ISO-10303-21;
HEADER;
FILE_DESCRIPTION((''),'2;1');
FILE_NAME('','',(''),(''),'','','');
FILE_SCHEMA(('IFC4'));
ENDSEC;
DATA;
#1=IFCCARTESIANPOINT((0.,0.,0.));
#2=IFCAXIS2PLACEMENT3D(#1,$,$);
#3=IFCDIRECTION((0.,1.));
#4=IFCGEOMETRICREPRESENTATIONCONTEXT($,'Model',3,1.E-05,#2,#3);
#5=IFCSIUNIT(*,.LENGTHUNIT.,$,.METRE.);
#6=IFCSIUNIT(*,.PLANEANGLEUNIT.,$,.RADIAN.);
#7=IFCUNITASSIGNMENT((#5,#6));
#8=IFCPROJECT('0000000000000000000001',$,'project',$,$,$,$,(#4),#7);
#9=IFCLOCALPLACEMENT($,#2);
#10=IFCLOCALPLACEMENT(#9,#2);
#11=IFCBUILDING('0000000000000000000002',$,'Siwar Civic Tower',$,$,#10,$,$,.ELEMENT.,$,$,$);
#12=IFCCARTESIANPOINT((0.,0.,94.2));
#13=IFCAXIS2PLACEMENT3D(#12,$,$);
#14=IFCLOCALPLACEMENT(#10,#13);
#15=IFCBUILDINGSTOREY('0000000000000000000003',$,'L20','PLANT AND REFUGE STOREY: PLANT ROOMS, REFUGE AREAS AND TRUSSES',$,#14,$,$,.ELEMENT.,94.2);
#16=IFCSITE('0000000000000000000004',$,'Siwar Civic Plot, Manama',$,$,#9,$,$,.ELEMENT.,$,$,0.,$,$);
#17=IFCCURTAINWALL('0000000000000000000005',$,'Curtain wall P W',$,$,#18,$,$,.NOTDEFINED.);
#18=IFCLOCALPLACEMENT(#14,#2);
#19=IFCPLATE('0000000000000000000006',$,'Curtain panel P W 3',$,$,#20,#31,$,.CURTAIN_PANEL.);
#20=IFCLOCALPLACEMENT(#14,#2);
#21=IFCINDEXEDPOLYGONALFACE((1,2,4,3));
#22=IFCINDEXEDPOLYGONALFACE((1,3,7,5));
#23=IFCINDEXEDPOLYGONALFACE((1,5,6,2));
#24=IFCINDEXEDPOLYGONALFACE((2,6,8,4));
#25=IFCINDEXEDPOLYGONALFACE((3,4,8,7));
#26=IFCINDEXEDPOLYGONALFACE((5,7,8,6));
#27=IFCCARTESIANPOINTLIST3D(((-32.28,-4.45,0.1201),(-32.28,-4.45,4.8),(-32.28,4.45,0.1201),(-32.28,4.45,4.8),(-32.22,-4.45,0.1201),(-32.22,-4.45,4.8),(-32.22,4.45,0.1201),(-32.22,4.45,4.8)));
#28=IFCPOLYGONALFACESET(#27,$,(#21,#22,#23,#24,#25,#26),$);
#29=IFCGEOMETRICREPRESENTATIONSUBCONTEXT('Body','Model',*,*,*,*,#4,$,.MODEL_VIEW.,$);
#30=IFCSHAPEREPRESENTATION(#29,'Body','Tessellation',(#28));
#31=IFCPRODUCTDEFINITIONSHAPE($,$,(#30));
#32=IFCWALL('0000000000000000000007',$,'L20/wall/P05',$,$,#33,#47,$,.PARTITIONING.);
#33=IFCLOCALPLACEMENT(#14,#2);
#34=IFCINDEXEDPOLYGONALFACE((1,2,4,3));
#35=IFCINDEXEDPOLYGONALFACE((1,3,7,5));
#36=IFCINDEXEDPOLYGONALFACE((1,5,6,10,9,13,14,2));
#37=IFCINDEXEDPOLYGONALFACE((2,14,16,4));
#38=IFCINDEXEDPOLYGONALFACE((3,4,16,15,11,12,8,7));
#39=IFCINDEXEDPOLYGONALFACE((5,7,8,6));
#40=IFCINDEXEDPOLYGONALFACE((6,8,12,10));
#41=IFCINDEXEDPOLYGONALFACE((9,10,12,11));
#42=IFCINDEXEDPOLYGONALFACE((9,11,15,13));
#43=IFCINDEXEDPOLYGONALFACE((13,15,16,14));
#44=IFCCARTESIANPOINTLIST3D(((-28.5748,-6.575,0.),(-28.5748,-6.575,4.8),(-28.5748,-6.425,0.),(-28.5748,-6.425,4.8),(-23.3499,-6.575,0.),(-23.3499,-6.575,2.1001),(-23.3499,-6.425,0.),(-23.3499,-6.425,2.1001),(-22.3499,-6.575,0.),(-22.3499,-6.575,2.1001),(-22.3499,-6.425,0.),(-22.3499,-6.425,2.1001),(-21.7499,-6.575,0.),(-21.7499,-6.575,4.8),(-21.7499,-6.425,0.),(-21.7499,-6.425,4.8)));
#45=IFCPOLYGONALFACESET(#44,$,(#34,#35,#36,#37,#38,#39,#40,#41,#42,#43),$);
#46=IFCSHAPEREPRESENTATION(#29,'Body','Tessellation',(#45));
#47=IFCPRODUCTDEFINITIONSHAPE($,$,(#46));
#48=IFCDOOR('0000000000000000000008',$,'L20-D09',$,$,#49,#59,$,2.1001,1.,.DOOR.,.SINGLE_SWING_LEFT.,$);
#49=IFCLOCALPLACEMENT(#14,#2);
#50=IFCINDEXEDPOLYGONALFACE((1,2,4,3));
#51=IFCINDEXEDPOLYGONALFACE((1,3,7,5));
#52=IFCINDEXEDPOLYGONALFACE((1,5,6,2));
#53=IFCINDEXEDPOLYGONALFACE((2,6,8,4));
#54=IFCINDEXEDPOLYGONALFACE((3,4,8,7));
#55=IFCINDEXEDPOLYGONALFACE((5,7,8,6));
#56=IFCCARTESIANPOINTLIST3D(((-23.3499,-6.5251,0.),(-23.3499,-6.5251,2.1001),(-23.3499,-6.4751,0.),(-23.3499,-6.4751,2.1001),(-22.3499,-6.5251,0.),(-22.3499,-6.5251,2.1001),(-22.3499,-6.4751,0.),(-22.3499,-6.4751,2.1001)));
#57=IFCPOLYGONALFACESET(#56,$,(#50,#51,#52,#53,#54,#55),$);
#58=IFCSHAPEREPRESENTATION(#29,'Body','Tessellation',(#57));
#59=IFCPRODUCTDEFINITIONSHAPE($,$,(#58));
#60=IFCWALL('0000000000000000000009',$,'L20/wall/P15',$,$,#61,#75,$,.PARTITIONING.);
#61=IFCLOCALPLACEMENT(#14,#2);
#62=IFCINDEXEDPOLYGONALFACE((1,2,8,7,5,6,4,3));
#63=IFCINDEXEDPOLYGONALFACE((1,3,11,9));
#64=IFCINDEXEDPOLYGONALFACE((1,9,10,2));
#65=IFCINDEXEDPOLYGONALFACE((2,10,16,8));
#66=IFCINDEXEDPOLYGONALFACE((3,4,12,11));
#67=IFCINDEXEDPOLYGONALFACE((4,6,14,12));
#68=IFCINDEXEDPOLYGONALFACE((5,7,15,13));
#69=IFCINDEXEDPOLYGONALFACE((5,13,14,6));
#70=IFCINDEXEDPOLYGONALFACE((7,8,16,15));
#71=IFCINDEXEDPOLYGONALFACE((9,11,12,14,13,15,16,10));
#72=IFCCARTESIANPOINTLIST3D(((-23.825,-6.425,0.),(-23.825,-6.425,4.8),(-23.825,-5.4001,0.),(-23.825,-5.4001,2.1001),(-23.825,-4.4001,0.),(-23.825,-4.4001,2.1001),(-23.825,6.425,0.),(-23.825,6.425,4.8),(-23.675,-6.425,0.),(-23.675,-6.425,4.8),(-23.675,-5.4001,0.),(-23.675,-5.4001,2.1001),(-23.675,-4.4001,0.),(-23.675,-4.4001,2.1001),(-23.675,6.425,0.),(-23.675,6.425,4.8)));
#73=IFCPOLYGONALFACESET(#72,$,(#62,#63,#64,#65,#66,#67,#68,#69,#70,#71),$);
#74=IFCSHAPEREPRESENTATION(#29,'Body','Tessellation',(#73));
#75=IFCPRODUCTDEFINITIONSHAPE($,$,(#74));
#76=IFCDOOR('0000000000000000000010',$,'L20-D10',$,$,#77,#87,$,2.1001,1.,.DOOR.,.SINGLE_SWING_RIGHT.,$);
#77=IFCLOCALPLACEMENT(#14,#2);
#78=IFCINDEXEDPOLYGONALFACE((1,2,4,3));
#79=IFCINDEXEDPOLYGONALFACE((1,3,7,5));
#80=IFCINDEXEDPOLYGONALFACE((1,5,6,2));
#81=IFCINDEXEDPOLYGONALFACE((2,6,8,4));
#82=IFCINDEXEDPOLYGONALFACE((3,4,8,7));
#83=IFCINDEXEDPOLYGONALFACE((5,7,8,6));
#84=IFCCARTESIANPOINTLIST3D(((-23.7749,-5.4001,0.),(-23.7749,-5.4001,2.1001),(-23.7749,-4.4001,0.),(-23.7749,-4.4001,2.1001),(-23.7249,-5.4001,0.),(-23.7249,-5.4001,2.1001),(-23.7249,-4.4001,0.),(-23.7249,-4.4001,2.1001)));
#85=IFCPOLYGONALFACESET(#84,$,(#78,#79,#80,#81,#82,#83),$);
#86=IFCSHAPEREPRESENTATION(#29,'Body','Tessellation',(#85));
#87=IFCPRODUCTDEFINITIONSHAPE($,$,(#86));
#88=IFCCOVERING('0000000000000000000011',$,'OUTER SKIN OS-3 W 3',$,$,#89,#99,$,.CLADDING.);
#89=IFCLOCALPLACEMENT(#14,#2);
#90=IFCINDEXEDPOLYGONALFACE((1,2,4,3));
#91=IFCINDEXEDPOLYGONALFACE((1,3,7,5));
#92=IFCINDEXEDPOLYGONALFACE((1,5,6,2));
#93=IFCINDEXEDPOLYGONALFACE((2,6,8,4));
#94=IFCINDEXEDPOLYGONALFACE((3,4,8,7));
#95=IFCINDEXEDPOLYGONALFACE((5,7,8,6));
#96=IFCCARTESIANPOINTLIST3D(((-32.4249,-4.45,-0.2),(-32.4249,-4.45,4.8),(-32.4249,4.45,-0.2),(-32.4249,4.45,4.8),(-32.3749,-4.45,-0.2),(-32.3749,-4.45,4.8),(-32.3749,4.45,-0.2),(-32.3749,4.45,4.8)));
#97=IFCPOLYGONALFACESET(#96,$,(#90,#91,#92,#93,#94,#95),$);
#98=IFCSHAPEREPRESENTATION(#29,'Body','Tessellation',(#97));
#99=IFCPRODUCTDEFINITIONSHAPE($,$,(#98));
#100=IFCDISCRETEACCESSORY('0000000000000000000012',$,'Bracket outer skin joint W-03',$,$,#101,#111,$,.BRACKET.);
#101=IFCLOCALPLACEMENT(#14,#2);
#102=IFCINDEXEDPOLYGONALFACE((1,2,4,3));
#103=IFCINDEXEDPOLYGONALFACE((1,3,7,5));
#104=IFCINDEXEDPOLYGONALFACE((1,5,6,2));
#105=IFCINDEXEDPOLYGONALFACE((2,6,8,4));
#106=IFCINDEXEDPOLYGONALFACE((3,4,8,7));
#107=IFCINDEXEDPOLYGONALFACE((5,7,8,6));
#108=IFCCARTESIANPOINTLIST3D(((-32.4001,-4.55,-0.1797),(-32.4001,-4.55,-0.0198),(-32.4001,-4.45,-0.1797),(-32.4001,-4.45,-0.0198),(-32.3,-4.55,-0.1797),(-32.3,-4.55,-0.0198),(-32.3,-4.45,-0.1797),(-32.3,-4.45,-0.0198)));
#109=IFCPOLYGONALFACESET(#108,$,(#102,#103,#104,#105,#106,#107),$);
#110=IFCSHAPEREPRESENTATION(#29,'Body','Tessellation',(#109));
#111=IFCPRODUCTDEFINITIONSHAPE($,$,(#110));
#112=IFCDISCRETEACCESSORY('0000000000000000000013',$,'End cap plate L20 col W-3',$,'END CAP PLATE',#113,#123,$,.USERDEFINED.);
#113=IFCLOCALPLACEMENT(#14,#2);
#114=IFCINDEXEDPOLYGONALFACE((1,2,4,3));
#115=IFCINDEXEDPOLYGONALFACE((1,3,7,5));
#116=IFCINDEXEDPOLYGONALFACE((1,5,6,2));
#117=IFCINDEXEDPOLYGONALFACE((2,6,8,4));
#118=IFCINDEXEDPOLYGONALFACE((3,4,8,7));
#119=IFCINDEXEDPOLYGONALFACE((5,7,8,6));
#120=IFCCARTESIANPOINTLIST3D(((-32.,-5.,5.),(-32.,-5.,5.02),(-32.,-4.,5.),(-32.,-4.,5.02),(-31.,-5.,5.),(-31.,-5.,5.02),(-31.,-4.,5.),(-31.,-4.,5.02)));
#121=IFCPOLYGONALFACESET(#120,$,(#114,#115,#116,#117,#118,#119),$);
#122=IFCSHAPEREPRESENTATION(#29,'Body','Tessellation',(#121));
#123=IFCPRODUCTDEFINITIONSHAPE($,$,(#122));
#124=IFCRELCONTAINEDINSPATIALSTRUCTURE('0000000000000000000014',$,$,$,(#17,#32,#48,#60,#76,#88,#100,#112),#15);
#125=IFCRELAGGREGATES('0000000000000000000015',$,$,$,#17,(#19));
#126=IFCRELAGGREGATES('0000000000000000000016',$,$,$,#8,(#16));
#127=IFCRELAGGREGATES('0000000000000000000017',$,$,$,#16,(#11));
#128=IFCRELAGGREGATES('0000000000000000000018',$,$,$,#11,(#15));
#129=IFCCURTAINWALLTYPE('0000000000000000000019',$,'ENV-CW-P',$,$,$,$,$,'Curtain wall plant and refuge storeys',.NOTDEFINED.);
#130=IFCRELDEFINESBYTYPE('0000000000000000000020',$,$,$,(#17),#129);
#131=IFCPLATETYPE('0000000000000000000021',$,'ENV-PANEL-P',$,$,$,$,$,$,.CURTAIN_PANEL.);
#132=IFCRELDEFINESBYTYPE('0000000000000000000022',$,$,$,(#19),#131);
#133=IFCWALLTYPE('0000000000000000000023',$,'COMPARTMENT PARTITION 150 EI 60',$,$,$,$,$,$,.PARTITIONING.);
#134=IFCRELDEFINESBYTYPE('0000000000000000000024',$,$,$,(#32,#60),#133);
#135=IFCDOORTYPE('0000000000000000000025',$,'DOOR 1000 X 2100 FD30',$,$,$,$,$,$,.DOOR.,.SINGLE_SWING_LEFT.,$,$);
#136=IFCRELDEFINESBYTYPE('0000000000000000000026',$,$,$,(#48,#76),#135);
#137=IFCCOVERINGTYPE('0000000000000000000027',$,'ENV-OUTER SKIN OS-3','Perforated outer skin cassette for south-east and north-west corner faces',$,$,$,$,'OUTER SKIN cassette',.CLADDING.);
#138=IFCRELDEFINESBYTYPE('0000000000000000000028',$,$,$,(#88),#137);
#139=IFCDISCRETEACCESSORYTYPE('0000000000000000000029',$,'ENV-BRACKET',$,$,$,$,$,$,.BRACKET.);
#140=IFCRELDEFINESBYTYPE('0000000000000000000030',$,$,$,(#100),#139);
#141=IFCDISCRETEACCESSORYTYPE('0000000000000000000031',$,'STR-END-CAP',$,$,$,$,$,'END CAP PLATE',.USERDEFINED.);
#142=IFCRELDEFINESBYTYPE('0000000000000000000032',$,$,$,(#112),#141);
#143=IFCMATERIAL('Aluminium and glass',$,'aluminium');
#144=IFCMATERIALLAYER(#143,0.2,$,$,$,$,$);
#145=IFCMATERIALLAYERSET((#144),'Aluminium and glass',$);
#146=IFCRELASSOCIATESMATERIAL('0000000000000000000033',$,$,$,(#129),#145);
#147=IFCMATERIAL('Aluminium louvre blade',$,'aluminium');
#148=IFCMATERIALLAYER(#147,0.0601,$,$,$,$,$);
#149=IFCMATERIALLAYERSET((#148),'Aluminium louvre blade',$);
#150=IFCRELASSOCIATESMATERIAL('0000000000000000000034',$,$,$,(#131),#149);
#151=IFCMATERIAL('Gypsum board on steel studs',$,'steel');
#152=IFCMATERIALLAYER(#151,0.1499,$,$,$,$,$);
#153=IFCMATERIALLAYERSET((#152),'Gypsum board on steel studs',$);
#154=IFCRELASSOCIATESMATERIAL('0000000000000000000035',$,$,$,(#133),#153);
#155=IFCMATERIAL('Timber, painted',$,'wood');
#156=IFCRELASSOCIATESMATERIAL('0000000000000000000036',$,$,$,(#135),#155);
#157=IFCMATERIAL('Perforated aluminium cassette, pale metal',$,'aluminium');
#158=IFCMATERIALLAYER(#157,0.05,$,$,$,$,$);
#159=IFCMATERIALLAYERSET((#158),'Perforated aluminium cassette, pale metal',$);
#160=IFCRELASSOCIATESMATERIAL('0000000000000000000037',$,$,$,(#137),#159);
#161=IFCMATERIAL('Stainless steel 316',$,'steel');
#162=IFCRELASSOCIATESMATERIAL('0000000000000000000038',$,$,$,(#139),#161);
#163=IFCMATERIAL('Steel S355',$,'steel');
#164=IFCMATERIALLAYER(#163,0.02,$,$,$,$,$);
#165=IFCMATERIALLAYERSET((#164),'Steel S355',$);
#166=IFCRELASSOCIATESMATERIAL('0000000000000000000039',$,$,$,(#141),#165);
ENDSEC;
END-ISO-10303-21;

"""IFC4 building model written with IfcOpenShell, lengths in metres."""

from ifc_helpers import new_model, si_unit, direction, frame, frame_2d, origin, origin_2d, place, context, subcontext, project, spatial, rectangle, extrude, material, layer, layer_set, type_object, element, fill, aggregate, save


model = new_model("IFC4")

# Units and contexts
model_context = context("Model", 3, precision=1e-05, world=origin(), true_north=direction((0.0, 1.0)))
body_context = subcontext(model_context, "Body", "Model", "MODEL_VIEW")
ifc_project = project(units=[si_unit("LENGTHUNIT", "METRE"), si_unit("PLANEANGLEUNIT", "RADIAN")], contexts=[model_context])

# Site, building, storey
site_placement = place(None, origin())
site = spatial("IfcSite", under=ifc_project, at=site_placement, Name="Siwar Civic Plot, Manama", CompositionType="ELEMENT", RefElevation=0.0)
building_placement = place(site_placement, origin())
building = spatial("IfcBuilding", under=site, at=building_placement, Name="Siwar Civic Tower", CompositionType="ELEMENT")
storey_placement = place(building_placement, frame((0.0, 0.0, 94.2)))
storey = spatial("IfcBuildingStorey", under=building, at=storey_placement, Name="L20", Description="PLANT AND REFUGE STOREY: PLANT ROOMS, REFUGE AREAS AND TRUSSES", CompositionType="ELEMENT", Elevation=94.2)

# Curtain wall
ifc_material_1 = material(Name="Aluminium and glass", Category="aluminium")
ifc_layer_1 = layer(ifc_material_1, 0.2)
ifc_layer_set_1 = layer_set([ifc_layer_1], Name="Aluminium and glass")
curtain_wall_type = type_object("IfcCurtainWallType", Name="ENV-CW-P", ElementType="Curtain wall plant and refuge storeys", PredefinedType="NOTDEFINED", material=ifc_layer_set_1)
curtain_wall_placement = place(storey_placement, origin())
curtain_wall = element("IfcCurtainWall", 1, at=curtain_wall_placement, inside=storey, type_object=curtain_wall_type, Name="Curtain wall P W", PredefinedType="NOTDEFINED")

# Plate
ifc_material_2 = material(Name="Aluminium louvre blade", Category="aluminium")
ifc_layer_2 = layer(ifc_material_2, 0.0601)
ifc_layer_set_2 = layer_set([ifc_layer_2], Name="Aluminium louvre blade")
plate_type = type_object("IfcPlateType", Name="ENV-PANEL-P", PredefinedType="CURTAIN_PANEL", material=ifc_layer_set_2)
plate_placement = place(storey_placement, frame((-32.25, 0.0, 0.1201), z_axis=(0.0, 0.0, 1.0), x_axis=(0.0, -1.0, 0.0)))
plate = element("IfcPlate", 2, at=plate_placement, type_object=plate_type, Name="Curtain panel P W 3", PredefinedType="CURTAIN_PANEL", context=body_context, shape_type="SweptSolid", body=[
    extrude(rectangle(XDim=8.8999, YDim=0.0601, at=origin_2d()), origin(), (0.0, 0.0, 1.0), 4.6799),
])
aggregate(curtain_wall, [plate])

# Walls, openings, doors
ifc_material_3 = material(Name="Gypsum board on steel studs", Category="steel")
ifc_layer_3 = layer(ifc_material_3, 0.1499)
ifc_layer_set_3 = layer_set([ifc_layer_3], Name="Gypsum board on steel studs")
wall_type = type_object("IfcWallType", Name="COMPARTMENT PARTITION 150 EI 60", PredefinedType="PARTITIONING", material=ifc_layer_set_3)
wall_1_placement = place(storey_placement, frame((-28.575, -6.5, 0.0), z_axis=(0.0, 0.0, 1.0), x_axis=(1.0, 0.0, 0.0)))
wall_1 = element("IfcWall", 3, at=wall_1_placement, inside=storey, type_object=wall_type, Name="L20/wall/P05", PredefinedType="PARTITIONING", context=body_context, shape_type="SweptSolid", body=[
    extrude(rectangle(XDim=6.825, YDim=0.1499, at=frame_2d((3.4126, 0.0))), origin(), (0.0, 0.0, 1.0), 4.8),
])
opening_1_placement = place(wall_1_placement, frame((5.2251, 0.0, 0.0)))
opening_1 = element("IfcOpeningElement", 4, at=opening_1_placement, cuts=wall_1, PredefinedType="OPENING", context=body_context, shape_type="SweptSolid", body=[
    extrude(rectangle(XDim=1.0, YDim=2.1001, at=frame_2d((0.5, 1.05))), frame((0.0, 0.085, 0.0), z_axis=(0.0, -1.0, 0.0), x_axis=(1.0, 0.0, 0.0)), (0.0, 0.0, 1.0), 0.1699),
])
ifc_material_4 = material(Name="Timber, painted", Category="wood")
door_type = type_object("IfcDoorType", Name="DOOR 1000 X 2100 FD30", OperationType="SINGLE_SWING_LEFT", PredefinedType="DOOR", material=ifc_material_4)
door_1_placement = place(opening_1_placement, origin())
door_1 = element("IfcDoor", 5, at=door_1_placement, inside=storey, type_object=door_type, Name="L20-D09", OperationType="SINGLE_SWING_LEFT", OverallHeight=2.1001, OverallWidth=1.0, PredefinedType="DOOR", context=body_context, shape_type="SweptSolid", body=[
    extrude(rectangle(XDim=1.0, YDim=2.1001, at=frame_2d((0.5, 1.05))), frame((0.0, 0.0249, 0.0), z_axis=(0.0, -1.0, 0.0), x_axis=(1.0, 0.0, 0.0)), (0.0, 0.0, 1.0), 0.05),
])
fill(opening_1, door_1)
wall_2_placement = place(storey_placement, frame((-23.75, -6.425, 0.0), z_axis=(0.0, 0.0, 1.0), x_axis=(0.0, 1.0, 0.0)))
wall_2 = element("IfcWall", 6, at=wall_2_placement, inside=storey, type_object=wall_type, Name="L20/wall/P15", PredefinedType="PARTITIONING", context=body_context, shape_type="SweptSolid", body=[
    extrude(rectangle(XDim=12.8501, YDim=0.1499, at=frame_2d((6.425, 0.0))), origin(), (0.0, 0.0, 1.0), 4.8),
])
opening_2_placement = place(wall_2_placement, frame((1.0249, 0.0, 0.0)))
opening_2 = element("IfcOpeningElement", 7, at=opening_2_placement, cuts=wall_2, PredefinedType="OPENING", context=body_context, shape_type="SweptSolid", body=[
    extrude(rectangle(XDim=1.0, YDim=2.1001, at=frame_2d((0.5, 1.05))), frame((0.0, 0.085, 0.0), z_axis=(0.0, -1.0, 0.0), x_axis=(1.0, 0.0, 0.0)), (0.0, 0.0, 1.0), 0.1699),
])
door_2_placement = place(opening_2_placement, origin())
door_2 = element("IfcDoor", 8, at=door_2_placement, inside=storey, type_object=door_type, Name="L20-D10", OperationType="SINGLE_SWING_RIGHT", OverallHeight=2.1001, OverallWidth=1.0, PredefinedType="DOOR", context=body_context, shape_type="SweptSolid", body=[
    extrude(rectangle(XDim=1.0, YDim=2.1001, at=frame_2d((0.5, 1.05))), frame((0.0, 0.0249, 0.0), z_axis=(0.0, -1.0, 0.0), x_axis=(1.0, 0.0, 0.0)), (0.0, 0.0, 1.0), 0.05),
])
fill(opening_2, door_2)

# Covering
ifc_material_5 = material(Name="Perforated aluminium cassette, pale metal", Category="aluminium")
ifc_layer_4 = layer(ifc_material_5, 0.05)
ifc_layer_set_4 = layer_set([ifc_layer_4], Name="Perforated aluminium cassette, pale metal")
covering_type = type_object("IfcCoveringType", Name="ENV-OUTER SKIN OS-3", Description="Perforated outer skin cassette for south-east and north-west corner faces", ElementType="OUTER SKIN cassette", PredefinedType="CLADDING", material=ifc_layer_set_4)
covering_placement = place(storey_placement, frame((-32.3999, 0.0, -0.2), z_axis=(0.0, 0.0, 1.0), x_axis=(0.0, -1.0, 0.0)))
element("IfcCovering", 9, at=covering_placement, inside=storey, type_object=covering_type, Name="OUTER SKIN OS-3 W 3", PredefinedType="CLADDING", context=body_context, shape_type="SweptSolid", body=[
    extrude(rectangle(XDim=8.8999, YDim=0.05, at=origin_2d()), origin(), (0.0, 0.0, 1.0), 5.0),
])

# Discrete accessories
ifc_material_6 = material(Name="Stainless steel 316", Category="steel")
discrete_accessory_type_1 = type_object("IfcDiscreteAccessoryType", Name="ENV-BRACKET", PredefinedType="BRACKET", material=ifc_material_6)
discrete_accessory_1_placement = place(storey_placement, frame((-32.3501, -4.5, -0.1797), z_axis=(0.0, 0.0, 1.0), x_axis=(-1.0, 0.0, 0.0)))
element("IfcDiscreteAccessory", 10, at=discrete_accessory_1_placement, inside=storey, type_object=discrete_accessory_type_1, Name="Bracket outer skin joint W-03", PredefinedType="BRACKET", context=body_context, shape_type="SweptSolid", body=[
    extrude(rectangle(XDim=0.1001, YDim=0.1001, at=origin_2d()), origin(), (0.0, 0.0, 1.0), 0.1599),
])
ifc_material_7 = material(Name="Steel S355", Category="steel")
ifc_layer_5 = layer(ifc_material_7, 0.02)
ifc_layer_set_5 = layer_set([ifc_layer_5], Name="Steel S355")
discrete_accessory_type_2 = type_object("IfcDiscreteAccessoryType", Name="STR-END-CAP", ElementType="END CAP PLATE", PredefinedType="USERDEFINED", material=ifc_layer_set_5)
discrete_accessory_2_placement = place(storey_placement, frame((-31.5, -4.5, 5.0), z_axis=(0.0, 0.0, 1.0), x_axis=(1.0, 0.0, 0.0)))
element("IfcDiscreteAccessory", 11, at=discrete_accessory_2_placement, inside=storey, type_object=discrete_accessory_type_2, Name="End cap plate L20 col W-3", ObjectType="END CAP PLATE", PredefinedType="USERDEFINED", context=body_context, shape_type="SweptSolid", body=[
    extrude(rectangle(XDim=1.0, YDim=1.0, at=origin_2d()), origin(), (0.0, 0.0, 1.0), 0.02),
])

save(model, "model.ifc")
